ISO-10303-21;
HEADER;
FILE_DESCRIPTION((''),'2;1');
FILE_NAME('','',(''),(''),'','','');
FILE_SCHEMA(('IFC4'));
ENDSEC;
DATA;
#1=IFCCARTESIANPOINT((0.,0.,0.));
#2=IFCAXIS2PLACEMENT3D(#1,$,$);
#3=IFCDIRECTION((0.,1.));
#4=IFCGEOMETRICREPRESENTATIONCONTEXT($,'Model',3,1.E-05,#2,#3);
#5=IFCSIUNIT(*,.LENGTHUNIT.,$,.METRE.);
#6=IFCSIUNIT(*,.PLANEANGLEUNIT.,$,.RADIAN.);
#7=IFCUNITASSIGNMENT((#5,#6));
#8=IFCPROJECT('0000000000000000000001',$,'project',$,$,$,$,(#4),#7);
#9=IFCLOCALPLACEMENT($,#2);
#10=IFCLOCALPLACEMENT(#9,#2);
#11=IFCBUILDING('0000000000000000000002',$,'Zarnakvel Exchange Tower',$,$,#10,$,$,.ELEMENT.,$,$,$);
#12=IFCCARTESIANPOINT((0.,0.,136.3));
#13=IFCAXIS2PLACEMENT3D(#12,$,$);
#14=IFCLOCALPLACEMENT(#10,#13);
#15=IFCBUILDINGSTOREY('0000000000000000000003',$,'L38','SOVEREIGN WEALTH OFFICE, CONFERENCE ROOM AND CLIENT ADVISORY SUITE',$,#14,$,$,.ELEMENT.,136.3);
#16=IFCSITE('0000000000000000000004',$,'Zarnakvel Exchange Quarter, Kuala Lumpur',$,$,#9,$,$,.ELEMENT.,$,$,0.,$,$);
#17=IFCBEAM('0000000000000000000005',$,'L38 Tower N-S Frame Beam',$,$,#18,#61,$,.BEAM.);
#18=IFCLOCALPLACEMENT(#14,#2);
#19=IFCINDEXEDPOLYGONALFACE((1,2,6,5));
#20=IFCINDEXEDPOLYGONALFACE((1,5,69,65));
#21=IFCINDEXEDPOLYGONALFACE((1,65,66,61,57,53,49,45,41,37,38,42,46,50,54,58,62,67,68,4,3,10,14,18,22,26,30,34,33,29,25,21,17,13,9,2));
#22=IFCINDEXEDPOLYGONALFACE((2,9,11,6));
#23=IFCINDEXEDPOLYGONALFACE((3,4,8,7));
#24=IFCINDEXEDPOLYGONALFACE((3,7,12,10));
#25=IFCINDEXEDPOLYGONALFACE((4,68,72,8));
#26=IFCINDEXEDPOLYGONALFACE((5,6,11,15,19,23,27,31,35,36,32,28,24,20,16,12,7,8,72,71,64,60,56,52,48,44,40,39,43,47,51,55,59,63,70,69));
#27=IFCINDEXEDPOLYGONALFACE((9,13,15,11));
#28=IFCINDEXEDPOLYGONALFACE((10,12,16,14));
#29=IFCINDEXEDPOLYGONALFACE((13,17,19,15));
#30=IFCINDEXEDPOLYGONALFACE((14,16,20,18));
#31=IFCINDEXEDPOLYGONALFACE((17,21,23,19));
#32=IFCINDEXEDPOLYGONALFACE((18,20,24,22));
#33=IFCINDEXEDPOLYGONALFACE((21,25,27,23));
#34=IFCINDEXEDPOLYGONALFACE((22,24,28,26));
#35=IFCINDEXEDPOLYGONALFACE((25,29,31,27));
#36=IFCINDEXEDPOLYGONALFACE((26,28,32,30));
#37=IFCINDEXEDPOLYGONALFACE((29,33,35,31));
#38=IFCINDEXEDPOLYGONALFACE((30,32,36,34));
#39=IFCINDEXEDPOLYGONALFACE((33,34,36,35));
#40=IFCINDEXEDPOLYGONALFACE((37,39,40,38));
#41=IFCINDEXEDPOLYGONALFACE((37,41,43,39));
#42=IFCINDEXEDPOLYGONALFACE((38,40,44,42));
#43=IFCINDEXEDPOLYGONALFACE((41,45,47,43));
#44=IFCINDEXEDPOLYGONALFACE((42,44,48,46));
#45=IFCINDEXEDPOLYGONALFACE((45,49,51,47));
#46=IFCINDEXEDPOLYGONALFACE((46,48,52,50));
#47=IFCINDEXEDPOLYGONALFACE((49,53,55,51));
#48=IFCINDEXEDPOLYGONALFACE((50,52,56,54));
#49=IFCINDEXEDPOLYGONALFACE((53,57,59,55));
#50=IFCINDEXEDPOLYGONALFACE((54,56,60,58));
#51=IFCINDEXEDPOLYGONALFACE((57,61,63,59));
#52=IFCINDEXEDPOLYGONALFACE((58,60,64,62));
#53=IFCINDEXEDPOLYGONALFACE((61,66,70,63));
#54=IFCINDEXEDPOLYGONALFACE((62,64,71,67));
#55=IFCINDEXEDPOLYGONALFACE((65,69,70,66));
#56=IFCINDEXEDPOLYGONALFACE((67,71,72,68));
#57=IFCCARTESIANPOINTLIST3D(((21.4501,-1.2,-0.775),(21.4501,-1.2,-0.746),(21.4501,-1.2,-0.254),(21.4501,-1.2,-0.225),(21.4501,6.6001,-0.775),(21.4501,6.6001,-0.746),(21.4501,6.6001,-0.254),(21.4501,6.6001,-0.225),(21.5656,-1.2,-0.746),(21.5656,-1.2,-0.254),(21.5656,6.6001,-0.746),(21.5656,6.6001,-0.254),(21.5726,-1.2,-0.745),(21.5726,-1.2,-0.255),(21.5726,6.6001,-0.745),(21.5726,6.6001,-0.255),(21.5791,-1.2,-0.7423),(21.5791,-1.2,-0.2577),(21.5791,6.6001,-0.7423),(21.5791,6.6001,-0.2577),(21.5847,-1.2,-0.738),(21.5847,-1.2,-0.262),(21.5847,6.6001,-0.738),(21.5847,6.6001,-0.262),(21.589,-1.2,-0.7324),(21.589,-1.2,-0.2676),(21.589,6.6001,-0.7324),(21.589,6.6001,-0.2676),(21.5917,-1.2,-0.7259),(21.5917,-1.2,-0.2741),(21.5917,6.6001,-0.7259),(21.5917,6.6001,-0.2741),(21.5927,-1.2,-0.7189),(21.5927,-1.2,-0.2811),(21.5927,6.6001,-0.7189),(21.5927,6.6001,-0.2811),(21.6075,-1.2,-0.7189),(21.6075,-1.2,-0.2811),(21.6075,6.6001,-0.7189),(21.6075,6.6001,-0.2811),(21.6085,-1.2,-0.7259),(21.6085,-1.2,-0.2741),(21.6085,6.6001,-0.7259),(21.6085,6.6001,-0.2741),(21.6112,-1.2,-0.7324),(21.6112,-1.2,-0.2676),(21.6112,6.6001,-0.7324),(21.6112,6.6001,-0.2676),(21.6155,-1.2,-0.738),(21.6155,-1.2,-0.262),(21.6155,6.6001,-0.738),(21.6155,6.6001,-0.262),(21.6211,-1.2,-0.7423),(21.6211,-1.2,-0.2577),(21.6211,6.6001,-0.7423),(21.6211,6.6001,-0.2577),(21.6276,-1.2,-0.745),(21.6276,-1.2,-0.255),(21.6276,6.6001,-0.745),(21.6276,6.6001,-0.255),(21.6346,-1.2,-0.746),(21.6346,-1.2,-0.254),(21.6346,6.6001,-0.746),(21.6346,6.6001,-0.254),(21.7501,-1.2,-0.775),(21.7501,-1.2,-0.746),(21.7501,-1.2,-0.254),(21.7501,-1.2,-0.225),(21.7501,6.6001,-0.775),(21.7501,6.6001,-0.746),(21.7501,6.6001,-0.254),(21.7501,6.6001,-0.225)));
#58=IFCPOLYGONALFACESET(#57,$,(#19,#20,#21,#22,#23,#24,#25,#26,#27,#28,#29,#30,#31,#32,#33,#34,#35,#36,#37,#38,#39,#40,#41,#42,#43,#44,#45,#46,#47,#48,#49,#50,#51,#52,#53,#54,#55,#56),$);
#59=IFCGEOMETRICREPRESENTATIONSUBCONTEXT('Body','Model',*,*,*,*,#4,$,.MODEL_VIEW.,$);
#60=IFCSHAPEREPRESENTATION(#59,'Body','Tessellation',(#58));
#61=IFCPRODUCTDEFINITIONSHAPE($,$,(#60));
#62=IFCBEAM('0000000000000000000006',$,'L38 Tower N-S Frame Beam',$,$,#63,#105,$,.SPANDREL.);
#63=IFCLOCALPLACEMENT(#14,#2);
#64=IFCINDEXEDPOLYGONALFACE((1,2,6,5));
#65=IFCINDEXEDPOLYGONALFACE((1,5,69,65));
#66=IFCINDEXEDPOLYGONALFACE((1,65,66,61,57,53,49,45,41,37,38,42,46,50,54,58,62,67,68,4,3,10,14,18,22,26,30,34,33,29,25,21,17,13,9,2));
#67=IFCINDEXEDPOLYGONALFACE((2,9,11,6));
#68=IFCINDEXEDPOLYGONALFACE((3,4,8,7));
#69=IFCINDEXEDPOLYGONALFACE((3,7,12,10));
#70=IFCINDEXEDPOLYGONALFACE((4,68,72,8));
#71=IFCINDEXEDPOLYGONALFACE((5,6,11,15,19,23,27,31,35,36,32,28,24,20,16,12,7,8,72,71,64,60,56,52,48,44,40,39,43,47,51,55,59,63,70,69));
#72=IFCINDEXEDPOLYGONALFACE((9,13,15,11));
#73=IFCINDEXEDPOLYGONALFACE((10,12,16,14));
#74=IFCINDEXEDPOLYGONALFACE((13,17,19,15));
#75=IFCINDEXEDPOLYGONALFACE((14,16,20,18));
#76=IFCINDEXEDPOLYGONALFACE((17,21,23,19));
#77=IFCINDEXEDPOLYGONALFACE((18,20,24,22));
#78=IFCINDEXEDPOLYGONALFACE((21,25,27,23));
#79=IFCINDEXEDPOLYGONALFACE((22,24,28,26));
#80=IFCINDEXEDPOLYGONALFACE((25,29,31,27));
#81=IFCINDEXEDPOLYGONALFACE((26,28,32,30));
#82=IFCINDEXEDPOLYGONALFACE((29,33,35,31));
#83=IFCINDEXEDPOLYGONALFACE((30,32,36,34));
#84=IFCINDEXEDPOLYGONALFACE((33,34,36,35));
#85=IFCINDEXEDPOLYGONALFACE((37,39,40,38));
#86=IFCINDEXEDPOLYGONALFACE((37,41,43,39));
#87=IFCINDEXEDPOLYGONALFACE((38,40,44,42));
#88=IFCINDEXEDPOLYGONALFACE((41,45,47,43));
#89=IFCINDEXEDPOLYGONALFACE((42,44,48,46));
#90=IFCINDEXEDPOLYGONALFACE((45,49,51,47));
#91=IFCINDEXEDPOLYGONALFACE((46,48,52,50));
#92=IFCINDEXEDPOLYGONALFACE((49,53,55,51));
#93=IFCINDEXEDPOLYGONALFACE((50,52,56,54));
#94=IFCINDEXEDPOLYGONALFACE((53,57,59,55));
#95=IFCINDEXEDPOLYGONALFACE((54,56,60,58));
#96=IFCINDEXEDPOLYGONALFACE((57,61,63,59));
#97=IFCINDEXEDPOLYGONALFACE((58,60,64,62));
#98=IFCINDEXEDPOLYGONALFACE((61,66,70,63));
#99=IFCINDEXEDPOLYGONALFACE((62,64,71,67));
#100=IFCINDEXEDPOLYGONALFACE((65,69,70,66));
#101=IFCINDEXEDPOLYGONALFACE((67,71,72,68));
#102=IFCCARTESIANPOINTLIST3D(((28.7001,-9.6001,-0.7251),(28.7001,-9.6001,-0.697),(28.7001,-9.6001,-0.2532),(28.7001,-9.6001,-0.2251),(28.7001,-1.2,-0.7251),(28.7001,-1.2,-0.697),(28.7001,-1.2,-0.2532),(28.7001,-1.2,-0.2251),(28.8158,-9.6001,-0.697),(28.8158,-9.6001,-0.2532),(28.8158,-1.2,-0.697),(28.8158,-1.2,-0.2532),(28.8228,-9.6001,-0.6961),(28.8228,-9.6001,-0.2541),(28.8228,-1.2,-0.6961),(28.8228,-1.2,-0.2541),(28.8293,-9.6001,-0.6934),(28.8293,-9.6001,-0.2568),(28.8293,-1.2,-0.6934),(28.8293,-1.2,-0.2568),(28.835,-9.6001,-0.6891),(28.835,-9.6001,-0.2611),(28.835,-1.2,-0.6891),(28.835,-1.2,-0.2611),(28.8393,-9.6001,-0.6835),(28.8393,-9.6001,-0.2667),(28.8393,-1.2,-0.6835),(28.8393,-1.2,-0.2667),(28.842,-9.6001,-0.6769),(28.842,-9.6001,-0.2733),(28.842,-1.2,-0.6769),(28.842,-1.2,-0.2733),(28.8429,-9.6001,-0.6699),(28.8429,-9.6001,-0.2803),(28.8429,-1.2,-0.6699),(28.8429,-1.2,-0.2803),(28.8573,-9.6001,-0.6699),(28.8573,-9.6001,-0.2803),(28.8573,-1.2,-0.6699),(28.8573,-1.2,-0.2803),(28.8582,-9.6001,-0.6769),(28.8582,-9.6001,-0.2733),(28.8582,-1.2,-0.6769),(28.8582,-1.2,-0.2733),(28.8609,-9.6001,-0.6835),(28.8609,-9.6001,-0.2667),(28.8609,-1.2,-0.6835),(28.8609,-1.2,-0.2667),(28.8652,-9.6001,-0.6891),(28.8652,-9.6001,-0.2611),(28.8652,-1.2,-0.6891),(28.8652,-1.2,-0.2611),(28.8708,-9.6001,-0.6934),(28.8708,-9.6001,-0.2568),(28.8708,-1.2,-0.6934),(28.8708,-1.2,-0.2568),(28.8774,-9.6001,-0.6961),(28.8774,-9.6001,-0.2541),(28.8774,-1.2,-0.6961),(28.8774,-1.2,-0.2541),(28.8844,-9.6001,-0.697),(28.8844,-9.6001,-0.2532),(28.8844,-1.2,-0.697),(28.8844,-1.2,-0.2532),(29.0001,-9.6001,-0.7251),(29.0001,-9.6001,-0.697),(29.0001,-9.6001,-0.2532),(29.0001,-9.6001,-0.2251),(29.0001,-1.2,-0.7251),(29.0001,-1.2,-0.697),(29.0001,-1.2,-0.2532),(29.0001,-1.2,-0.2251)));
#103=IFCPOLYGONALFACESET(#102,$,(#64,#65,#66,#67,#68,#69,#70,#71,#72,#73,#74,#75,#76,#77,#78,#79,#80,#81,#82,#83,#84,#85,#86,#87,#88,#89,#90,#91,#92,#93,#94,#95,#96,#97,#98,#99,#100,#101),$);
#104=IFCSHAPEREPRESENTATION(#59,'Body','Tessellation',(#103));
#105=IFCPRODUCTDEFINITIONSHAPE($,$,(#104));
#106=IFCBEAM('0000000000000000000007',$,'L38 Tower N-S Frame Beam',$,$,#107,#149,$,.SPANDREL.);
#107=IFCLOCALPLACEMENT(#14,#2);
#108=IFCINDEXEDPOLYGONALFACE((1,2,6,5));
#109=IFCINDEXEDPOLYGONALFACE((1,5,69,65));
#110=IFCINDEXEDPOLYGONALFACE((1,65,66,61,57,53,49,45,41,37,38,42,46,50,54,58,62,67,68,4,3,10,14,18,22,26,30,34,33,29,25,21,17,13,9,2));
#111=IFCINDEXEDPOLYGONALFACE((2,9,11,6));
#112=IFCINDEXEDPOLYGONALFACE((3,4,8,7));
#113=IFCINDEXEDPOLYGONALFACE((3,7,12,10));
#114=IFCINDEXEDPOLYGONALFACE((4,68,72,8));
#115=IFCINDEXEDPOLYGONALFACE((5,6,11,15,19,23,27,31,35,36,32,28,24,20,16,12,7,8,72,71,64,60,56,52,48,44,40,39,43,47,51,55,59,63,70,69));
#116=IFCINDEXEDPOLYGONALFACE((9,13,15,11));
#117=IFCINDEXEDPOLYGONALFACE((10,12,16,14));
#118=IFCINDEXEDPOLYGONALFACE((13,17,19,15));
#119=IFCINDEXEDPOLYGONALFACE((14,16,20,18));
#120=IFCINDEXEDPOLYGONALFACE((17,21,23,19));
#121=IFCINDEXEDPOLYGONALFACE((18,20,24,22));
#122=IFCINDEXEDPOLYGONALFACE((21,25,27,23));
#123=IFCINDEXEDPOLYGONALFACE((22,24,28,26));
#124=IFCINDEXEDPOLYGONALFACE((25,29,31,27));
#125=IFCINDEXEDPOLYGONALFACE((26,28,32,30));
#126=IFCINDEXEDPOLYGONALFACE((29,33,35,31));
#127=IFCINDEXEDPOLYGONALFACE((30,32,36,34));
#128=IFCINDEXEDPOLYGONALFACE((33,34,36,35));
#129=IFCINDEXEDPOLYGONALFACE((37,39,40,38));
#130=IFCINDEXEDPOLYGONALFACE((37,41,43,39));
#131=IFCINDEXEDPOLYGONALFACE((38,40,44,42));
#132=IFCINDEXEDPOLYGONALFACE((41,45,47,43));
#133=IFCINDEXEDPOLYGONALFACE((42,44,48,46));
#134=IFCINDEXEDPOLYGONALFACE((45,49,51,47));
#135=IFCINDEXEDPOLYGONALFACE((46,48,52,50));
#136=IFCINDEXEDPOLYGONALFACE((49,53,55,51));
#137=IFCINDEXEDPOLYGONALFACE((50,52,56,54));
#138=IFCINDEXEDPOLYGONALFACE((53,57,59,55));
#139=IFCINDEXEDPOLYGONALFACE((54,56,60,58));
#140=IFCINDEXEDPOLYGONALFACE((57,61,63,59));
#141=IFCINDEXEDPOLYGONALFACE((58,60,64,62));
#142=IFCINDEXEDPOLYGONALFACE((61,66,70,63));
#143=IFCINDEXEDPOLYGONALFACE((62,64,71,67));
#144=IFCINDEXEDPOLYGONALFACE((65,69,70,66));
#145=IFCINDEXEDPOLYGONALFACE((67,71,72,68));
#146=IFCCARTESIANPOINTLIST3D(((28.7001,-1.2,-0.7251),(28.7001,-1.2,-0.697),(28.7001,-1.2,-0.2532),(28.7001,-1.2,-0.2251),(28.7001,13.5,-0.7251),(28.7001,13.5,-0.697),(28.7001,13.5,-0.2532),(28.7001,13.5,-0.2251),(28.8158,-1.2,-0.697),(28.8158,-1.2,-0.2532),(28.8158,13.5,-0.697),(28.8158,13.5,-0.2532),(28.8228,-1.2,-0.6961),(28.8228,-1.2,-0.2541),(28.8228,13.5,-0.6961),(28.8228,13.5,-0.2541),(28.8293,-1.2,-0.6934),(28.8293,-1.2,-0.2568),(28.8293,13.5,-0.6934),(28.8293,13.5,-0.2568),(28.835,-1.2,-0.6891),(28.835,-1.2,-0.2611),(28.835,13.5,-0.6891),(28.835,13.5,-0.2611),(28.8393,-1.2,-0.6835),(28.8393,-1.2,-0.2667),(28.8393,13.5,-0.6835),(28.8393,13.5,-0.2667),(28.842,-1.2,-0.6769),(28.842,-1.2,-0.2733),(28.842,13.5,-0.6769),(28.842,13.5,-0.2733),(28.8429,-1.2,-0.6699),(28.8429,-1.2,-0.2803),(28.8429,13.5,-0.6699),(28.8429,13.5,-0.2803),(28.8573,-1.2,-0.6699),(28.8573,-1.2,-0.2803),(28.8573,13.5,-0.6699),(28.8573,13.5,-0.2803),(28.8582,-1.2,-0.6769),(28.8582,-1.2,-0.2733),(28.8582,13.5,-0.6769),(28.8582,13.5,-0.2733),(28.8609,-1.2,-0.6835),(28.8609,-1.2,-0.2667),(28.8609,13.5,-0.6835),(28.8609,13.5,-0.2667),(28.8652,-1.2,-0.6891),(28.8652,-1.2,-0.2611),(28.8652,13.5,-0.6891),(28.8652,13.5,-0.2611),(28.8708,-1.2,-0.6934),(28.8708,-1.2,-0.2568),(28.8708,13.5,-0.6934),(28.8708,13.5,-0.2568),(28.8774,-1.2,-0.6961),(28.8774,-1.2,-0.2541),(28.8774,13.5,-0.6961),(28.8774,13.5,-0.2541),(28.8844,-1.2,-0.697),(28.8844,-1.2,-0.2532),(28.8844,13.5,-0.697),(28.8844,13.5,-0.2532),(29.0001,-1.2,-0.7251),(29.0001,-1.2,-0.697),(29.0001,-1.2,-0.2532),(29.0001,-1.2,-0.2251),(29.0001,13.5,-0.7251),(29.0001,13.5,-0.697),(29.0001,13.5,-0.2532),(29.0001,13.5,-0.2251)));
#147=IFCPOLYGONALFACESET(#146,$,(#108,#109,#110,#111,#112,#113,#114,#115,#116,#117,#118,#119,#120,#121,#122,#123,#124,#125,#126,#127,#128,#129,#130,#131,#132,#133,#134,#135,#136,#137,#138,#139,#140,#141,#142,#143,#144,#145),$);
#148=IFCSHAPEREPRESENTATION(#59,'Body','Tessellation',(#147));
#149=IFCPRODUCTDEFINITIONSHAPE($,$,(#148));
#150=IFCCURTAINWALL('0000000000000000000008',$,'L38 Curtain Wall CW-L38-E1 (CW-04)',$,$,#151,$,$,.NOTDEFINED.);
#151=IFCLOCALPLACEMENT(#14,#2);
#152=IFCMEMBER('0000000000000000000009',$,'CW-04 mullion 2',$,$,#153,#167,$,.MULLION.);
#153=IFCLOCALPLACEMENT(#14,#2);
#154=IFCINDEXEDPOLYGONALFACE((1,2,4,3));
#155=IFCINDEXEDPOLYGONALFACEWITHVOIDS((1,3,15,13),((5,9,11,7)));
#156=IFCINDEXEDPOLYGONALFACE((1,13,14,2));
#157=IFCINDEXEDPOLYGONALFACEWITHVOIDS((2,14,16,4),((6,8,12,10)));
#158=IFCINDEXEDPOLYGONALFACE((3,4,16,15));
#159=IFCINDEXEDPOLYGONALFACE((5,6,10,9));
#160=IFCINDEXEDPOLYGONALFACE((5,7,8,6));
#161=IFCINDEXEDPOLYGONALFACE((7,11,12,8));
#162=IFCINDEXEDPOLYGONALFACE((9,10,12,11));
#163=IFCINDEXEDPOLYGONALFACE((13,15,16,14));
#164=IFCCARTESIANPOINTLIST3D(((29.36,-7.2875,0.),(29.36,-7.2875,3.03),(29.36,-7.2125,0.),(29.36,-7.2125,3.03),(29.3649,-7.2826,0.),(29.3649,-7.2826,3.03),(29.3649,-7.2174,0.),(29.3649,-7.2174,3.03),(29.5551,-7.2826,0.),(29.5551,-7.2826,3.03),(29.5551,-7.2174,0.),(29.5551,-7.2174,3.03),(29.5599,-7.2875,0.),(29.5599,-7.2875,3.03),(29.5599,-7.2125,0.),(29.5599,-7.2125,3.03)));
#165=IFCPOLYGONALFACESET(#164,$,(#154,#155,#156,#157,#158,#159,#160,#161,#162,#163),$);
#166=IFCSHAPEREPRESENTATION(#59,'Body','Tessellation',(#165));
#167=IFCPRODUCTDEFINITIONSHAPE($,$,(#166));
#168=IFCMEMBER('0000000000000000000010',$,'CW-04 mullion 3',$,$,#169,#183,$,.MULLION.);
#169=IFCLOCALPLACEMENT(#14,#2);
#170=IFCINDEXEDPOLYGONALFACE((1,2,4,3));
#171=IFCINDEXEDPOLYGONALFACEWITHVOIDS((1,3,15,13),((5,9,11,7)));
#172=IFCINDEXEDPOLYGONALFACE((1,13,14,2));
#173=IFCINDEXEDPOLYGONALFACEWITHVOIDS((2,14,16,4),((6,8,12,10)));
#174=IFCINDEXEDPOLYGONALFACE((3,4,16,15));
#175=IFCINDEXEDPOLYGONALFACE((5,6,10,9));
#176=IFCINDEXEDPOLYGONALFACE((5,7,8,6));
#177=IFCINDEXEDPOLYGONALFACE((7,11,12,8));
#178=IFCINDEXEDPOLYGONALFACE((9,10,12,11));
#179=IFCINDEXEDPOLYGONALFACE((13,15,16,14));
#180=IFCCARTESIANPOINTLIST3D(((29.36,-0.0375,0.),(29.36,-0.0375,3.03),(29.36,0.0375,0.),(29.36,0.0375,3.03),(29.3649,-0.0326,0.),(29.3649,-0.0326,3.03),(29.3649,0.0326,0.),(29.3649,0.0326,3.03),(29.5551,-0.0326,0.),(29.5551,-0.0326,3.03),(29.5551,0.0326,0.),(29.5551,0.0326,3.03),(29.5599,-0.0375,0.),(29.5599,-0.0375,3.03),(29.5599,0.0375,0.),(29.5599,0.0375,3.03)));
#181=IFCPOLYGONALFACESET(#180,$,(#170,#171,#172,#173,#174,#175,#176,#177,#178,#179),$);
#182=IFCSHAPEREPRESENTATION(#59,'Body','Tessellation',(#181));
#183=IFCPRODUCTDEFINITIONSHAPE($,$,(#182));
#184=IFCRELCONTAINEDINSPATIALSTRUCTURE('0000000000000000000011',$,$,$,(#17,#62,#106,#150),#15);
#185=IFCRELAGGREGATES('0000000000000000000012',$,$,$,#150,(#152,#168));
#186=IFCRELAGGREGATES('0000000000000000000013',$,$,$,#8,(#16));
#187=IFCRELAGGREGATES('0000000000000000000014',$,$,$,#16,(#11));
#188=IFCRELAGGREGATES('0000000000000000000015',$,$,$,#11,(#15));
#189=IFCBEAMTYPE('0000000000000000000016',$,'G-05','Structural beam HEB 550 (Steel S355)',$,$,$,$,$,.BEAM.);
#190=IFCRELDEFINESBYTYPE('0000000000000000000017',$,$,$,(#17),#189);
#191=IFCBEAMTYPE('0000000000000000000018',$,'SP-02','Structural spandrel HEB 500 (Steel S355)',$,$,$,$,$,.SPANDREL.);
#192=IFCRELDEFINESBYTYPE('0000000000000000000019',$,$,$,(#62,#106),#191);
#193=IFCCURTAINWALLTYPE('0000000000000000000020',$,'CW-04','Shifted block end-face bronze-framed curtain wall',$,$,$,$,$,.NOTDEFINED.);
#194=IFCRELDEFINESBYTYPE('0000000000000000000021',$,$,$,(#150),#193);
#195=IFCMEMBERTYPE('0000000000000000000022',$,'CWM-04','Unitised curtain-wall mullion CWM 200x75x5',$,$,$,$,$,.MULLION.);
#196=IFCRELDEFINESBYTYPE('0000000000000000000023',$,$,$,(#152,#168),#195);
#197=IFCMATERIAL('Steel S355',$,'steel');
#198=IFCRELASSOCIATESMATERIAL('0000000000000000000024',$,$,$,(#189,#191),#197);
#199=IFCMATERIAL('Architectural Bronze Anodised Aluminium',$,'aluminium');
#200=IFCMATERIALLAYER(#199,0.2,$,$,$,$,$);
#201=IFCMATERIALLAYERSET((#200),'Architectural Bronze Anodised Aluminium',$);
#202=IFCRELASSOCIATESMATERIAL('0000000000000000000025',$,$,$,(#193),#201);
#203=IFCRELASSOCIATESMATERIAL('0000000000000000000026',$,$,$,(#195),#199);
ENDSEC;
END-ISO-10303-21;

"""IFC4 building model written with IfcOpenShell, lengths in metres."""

from ifc_helpers import new_model, si_unit, direction, frame, origin, origin_2d, place, context, subcontext, project, spatial, hollow_rectangle, i_section, extrude, source, transform, mapped, material, layer, layer_set, material_profile, profile_set, type_object, element, aggregate, save


model = new_model("IFC4")

# Units and contexts
model_context = context("Model", 3, precision=1e-05, world=origin(), true_north=direction((0.0, 1.0)))
body_context = subcontext(model_context, "Body", "Model", "MODEL_VIEW")
ifc_project = project(units=[si_unit("LENGTHUNIT", "METRE"), si_unit("PLANEANGLEUNIT", "RADIAN")], contexts=[model_context])

# Site, building, storey
site_placement = place(None, origin())
site = spatial("IfcSite", under=ifc_project, at=site_placement, Name="Zarnakvel Exchange Quarter, Kuala Lumpur", CompositionType="ELEMENT", RefElevation=0.0)
building_placement = place(site_placement, origin())
building = spatial("IfcBuilding", under=site, at=building_placement, Name="Zarnakvel Exchange Tower", CompositionType="ELEMENT")
storey_placement = place(building_placement, frame((0.0, 0.0, 136.3)))
storey = spatial("IfcBuildingStorey", under=building, at=storey_placement, Name="L38", Description="SOVEREIGN WEALTH OFFICE, CONFERENCE ROOM AND CLIENT ADVISORY SUITE", CompositionType="ELEMENT", Elevation=136.3)

# Shared definitions
ifc_material_1 = material(Name="Steel S355", Category="steel")

# Beams
ifc_material_profile_1 = material_profile(ifc_material_1, i_section(OverallWidth=0.3, OverallDepth=0.55, WebThickness=0.0149, FlangeThickness=0.0291, FilletRadius=0.0271, at=origin_2d()))
ifc_profile_set_1 = profile_set([ifc_material_profile_1], Name="Steel S355")
beam_type_1 = type_object("IfcBeamType", Name="G-05", Description="Structural beam HEB 550 (Steel S355)", PredefinedType="BEAM", material=ifc_profile_set_1)
beam_1_placement = place(storey_placement, frame((21.6001, -1.2, -0.5), z_axis=(0.0, 1.0, 0.0), x_axis=(-1.0, 0.0, 0.0)))
element("IfcBeam", 1, at=beam_1_placement, inside=storey, type_object=beam_type_1, Name="L38 Tower N-S Frame Beam", PredefinedType="BEAM", context=body_context, shape_type="SweptSolid", body=[
    extrude(i_section(OverallWidth=0.3, OverallDepth=0.55, WebThickness=0.0149, FlangeThickness=0.0291, FilletRadius=0.0271, at=origin_2d()), origin(), (0.0, 0.0, 1.0), 7.8),
])
ifc_material_profile_2 = material_profile(ifc_material_1, i_section(OverallWidth=0.3, OverallDepth=0.5, WebThickness=0.0144, FlangeThickness=0.0281, FilletRadius=0.0271, at=origin_2d()))
ifc_profile_set_2 = profile_set([ifc_material_profile_2], Name="Steel S355")
beam_type_2 = type_object("IfcBeamType", Name="SP-02", Description="Structural spandrel HEB 500 (Steel S355)", PredefinedType="SPANDREL", material=ifc_profile_set_2)
beam_2_placement = place(storey_placement, frame((28.8501, -9.6001, -0.4751), z_axis=(0.0, 1.0, 0.0), x_axis=(-1.0, 0.0, 0.0)))
element("IfcBeam", 2, at=beam_2_placement, inside=storey, type_object=beam_type_2, Name="L38 Tower N-S Frame Beam", PredefinedType="SPANDREL", context=body_context, shape_type="SweptSolid", body=[
    extrude(i_section(OverallWidth=0.3, OverallDepth=0.5, WebThickness=0.0144, FlangeThickness=0.0281, FilletRadius=0.0271, at=origin_2d()), origin(), (0.0, 0.0, 1.0), 8.4001),
])
beam_3_placement = place(storey_placement, frame((28.8501, -1.2, -0.4751), z_axis=(0.0, 1.0, 0.0), x_axis=(-1.0, 0.0, 0.0)))
element("IfcBeam", 3, at=beam_3_placement, inside=storey, type_object=beam_type_2, Name="L38 Tower N-S Frame Beam", PredefinedType="SPANDREL", context=body_context, shape_type="SweptSolid", body=[
    extrude(i_section(OverallWidth=0.3, OverallDepth=0.5, WebThickness=0.0144, FlangeThickness=0.0281, FilletRadius=0.0271, at=origin_2d()), origin(), (0.0, 0.0, 1.0), 14.7),
])

# Curtain wall, members
ifc_material_2 = material(Name="Architectural Bronze Anodised Aluminium", Category="aluminium")
ifc_layer_1 = layer(ifc_material_2, 0.2)
ifc_layer_set_1 = layer_set([ifc_layer_1], Name="Architectural Bronze Anodised Aluminium")
curtain_wall_type = type_object("IfcCurtainWallType", Name="CW-04", Description="Shifted block end-face bronze-framed curtain wall", PredefinedType="NOTDEFINED", material=ifc_layer_set_1)
curtain_wall_placement = place(storey_placement, origin())
curtain_wall = element("IfcCurtainWall", 4, at=curtain_wall_placement, inside=storey, type_object=curtain_wall_type, Name="L38 Curtain Wall CW-L38-E1 (CW-04)", PredefinedType="NOTDEFINED")
ifc_material_profile_3 = material_profile(ifc_material_2, hollow_rectangle(XDim=0.2, YDim=0.075, WallThickness=0.0049, at=origin_2d()))
ifc_profile_set_3 = profile_set([ifc_material_profile_3], Name="Architectural Bronze Anodised Aluminium")
member_type_1 = type_object("IfcMemberType", Name="CWM-04", Description="Unitised curtain-wall mullion CWM 200x75x5", PredefinedType="MULLION", material=ifc_profile_set_3)
shared_shape_1 = source(origin(), body_context, "Body", "SweptSolid", [
    extrude(hollow_rectangle(XDim=0.2, YDim=0.075, WallThickness=0.0049, at=origin_2d()), origin(), (0.0, 0.0, 1.0), 3.03),
])
member_1_placement = place(storey_placement, frame((29.46, -7.25, 0.0), z_axis=(0.0, 0.0, 1.0), x_axis=(-1.0, 0.0, 0.0)))
member_1 = element("IfcMember", 5, at=member_1_placement, type_object=member_type_1, Name="CW-04 mullion 2", PredefinedType="MULLION", context=body_context, shape_type="MappedRepresentation", body=[
    mapped(shared_shape_1, transform((0.0, 0.0, 0.0), x_axis=(1.0, 0.0, 0.0), y_axis=(0.0, 1.0, 0.0), z_axis=(0.0, 0.0, 1.0), scale=1.0)),
])
member_2_placement = place(storey_placement, frame((29.46, 0.0, 0.0), z_axis=(0.0, 0.0, 1.0), x_axis=(-1.0, 0.0, 0.0)))
member_2 = element("IfcMember", 6, at=member_2_placement, type_object=member_type_1, Name="CW-04 mullion 3", PredefinedType="MULLION", context=body_context, shape_type="MappedRepresentation", body=[
    mapped(shared_shape_1, transform((0.0, 0.0, 0.0), x_axis=(1.0, 0.0, 0.0), y_axis=(0.0, 1.0, 0.0), z_axis=(0.0, 0.0, 1.0), scale=1.0)),
])
aggregate(curtain_wall, [member_1, member_2])

save(model, "model.ifc")
